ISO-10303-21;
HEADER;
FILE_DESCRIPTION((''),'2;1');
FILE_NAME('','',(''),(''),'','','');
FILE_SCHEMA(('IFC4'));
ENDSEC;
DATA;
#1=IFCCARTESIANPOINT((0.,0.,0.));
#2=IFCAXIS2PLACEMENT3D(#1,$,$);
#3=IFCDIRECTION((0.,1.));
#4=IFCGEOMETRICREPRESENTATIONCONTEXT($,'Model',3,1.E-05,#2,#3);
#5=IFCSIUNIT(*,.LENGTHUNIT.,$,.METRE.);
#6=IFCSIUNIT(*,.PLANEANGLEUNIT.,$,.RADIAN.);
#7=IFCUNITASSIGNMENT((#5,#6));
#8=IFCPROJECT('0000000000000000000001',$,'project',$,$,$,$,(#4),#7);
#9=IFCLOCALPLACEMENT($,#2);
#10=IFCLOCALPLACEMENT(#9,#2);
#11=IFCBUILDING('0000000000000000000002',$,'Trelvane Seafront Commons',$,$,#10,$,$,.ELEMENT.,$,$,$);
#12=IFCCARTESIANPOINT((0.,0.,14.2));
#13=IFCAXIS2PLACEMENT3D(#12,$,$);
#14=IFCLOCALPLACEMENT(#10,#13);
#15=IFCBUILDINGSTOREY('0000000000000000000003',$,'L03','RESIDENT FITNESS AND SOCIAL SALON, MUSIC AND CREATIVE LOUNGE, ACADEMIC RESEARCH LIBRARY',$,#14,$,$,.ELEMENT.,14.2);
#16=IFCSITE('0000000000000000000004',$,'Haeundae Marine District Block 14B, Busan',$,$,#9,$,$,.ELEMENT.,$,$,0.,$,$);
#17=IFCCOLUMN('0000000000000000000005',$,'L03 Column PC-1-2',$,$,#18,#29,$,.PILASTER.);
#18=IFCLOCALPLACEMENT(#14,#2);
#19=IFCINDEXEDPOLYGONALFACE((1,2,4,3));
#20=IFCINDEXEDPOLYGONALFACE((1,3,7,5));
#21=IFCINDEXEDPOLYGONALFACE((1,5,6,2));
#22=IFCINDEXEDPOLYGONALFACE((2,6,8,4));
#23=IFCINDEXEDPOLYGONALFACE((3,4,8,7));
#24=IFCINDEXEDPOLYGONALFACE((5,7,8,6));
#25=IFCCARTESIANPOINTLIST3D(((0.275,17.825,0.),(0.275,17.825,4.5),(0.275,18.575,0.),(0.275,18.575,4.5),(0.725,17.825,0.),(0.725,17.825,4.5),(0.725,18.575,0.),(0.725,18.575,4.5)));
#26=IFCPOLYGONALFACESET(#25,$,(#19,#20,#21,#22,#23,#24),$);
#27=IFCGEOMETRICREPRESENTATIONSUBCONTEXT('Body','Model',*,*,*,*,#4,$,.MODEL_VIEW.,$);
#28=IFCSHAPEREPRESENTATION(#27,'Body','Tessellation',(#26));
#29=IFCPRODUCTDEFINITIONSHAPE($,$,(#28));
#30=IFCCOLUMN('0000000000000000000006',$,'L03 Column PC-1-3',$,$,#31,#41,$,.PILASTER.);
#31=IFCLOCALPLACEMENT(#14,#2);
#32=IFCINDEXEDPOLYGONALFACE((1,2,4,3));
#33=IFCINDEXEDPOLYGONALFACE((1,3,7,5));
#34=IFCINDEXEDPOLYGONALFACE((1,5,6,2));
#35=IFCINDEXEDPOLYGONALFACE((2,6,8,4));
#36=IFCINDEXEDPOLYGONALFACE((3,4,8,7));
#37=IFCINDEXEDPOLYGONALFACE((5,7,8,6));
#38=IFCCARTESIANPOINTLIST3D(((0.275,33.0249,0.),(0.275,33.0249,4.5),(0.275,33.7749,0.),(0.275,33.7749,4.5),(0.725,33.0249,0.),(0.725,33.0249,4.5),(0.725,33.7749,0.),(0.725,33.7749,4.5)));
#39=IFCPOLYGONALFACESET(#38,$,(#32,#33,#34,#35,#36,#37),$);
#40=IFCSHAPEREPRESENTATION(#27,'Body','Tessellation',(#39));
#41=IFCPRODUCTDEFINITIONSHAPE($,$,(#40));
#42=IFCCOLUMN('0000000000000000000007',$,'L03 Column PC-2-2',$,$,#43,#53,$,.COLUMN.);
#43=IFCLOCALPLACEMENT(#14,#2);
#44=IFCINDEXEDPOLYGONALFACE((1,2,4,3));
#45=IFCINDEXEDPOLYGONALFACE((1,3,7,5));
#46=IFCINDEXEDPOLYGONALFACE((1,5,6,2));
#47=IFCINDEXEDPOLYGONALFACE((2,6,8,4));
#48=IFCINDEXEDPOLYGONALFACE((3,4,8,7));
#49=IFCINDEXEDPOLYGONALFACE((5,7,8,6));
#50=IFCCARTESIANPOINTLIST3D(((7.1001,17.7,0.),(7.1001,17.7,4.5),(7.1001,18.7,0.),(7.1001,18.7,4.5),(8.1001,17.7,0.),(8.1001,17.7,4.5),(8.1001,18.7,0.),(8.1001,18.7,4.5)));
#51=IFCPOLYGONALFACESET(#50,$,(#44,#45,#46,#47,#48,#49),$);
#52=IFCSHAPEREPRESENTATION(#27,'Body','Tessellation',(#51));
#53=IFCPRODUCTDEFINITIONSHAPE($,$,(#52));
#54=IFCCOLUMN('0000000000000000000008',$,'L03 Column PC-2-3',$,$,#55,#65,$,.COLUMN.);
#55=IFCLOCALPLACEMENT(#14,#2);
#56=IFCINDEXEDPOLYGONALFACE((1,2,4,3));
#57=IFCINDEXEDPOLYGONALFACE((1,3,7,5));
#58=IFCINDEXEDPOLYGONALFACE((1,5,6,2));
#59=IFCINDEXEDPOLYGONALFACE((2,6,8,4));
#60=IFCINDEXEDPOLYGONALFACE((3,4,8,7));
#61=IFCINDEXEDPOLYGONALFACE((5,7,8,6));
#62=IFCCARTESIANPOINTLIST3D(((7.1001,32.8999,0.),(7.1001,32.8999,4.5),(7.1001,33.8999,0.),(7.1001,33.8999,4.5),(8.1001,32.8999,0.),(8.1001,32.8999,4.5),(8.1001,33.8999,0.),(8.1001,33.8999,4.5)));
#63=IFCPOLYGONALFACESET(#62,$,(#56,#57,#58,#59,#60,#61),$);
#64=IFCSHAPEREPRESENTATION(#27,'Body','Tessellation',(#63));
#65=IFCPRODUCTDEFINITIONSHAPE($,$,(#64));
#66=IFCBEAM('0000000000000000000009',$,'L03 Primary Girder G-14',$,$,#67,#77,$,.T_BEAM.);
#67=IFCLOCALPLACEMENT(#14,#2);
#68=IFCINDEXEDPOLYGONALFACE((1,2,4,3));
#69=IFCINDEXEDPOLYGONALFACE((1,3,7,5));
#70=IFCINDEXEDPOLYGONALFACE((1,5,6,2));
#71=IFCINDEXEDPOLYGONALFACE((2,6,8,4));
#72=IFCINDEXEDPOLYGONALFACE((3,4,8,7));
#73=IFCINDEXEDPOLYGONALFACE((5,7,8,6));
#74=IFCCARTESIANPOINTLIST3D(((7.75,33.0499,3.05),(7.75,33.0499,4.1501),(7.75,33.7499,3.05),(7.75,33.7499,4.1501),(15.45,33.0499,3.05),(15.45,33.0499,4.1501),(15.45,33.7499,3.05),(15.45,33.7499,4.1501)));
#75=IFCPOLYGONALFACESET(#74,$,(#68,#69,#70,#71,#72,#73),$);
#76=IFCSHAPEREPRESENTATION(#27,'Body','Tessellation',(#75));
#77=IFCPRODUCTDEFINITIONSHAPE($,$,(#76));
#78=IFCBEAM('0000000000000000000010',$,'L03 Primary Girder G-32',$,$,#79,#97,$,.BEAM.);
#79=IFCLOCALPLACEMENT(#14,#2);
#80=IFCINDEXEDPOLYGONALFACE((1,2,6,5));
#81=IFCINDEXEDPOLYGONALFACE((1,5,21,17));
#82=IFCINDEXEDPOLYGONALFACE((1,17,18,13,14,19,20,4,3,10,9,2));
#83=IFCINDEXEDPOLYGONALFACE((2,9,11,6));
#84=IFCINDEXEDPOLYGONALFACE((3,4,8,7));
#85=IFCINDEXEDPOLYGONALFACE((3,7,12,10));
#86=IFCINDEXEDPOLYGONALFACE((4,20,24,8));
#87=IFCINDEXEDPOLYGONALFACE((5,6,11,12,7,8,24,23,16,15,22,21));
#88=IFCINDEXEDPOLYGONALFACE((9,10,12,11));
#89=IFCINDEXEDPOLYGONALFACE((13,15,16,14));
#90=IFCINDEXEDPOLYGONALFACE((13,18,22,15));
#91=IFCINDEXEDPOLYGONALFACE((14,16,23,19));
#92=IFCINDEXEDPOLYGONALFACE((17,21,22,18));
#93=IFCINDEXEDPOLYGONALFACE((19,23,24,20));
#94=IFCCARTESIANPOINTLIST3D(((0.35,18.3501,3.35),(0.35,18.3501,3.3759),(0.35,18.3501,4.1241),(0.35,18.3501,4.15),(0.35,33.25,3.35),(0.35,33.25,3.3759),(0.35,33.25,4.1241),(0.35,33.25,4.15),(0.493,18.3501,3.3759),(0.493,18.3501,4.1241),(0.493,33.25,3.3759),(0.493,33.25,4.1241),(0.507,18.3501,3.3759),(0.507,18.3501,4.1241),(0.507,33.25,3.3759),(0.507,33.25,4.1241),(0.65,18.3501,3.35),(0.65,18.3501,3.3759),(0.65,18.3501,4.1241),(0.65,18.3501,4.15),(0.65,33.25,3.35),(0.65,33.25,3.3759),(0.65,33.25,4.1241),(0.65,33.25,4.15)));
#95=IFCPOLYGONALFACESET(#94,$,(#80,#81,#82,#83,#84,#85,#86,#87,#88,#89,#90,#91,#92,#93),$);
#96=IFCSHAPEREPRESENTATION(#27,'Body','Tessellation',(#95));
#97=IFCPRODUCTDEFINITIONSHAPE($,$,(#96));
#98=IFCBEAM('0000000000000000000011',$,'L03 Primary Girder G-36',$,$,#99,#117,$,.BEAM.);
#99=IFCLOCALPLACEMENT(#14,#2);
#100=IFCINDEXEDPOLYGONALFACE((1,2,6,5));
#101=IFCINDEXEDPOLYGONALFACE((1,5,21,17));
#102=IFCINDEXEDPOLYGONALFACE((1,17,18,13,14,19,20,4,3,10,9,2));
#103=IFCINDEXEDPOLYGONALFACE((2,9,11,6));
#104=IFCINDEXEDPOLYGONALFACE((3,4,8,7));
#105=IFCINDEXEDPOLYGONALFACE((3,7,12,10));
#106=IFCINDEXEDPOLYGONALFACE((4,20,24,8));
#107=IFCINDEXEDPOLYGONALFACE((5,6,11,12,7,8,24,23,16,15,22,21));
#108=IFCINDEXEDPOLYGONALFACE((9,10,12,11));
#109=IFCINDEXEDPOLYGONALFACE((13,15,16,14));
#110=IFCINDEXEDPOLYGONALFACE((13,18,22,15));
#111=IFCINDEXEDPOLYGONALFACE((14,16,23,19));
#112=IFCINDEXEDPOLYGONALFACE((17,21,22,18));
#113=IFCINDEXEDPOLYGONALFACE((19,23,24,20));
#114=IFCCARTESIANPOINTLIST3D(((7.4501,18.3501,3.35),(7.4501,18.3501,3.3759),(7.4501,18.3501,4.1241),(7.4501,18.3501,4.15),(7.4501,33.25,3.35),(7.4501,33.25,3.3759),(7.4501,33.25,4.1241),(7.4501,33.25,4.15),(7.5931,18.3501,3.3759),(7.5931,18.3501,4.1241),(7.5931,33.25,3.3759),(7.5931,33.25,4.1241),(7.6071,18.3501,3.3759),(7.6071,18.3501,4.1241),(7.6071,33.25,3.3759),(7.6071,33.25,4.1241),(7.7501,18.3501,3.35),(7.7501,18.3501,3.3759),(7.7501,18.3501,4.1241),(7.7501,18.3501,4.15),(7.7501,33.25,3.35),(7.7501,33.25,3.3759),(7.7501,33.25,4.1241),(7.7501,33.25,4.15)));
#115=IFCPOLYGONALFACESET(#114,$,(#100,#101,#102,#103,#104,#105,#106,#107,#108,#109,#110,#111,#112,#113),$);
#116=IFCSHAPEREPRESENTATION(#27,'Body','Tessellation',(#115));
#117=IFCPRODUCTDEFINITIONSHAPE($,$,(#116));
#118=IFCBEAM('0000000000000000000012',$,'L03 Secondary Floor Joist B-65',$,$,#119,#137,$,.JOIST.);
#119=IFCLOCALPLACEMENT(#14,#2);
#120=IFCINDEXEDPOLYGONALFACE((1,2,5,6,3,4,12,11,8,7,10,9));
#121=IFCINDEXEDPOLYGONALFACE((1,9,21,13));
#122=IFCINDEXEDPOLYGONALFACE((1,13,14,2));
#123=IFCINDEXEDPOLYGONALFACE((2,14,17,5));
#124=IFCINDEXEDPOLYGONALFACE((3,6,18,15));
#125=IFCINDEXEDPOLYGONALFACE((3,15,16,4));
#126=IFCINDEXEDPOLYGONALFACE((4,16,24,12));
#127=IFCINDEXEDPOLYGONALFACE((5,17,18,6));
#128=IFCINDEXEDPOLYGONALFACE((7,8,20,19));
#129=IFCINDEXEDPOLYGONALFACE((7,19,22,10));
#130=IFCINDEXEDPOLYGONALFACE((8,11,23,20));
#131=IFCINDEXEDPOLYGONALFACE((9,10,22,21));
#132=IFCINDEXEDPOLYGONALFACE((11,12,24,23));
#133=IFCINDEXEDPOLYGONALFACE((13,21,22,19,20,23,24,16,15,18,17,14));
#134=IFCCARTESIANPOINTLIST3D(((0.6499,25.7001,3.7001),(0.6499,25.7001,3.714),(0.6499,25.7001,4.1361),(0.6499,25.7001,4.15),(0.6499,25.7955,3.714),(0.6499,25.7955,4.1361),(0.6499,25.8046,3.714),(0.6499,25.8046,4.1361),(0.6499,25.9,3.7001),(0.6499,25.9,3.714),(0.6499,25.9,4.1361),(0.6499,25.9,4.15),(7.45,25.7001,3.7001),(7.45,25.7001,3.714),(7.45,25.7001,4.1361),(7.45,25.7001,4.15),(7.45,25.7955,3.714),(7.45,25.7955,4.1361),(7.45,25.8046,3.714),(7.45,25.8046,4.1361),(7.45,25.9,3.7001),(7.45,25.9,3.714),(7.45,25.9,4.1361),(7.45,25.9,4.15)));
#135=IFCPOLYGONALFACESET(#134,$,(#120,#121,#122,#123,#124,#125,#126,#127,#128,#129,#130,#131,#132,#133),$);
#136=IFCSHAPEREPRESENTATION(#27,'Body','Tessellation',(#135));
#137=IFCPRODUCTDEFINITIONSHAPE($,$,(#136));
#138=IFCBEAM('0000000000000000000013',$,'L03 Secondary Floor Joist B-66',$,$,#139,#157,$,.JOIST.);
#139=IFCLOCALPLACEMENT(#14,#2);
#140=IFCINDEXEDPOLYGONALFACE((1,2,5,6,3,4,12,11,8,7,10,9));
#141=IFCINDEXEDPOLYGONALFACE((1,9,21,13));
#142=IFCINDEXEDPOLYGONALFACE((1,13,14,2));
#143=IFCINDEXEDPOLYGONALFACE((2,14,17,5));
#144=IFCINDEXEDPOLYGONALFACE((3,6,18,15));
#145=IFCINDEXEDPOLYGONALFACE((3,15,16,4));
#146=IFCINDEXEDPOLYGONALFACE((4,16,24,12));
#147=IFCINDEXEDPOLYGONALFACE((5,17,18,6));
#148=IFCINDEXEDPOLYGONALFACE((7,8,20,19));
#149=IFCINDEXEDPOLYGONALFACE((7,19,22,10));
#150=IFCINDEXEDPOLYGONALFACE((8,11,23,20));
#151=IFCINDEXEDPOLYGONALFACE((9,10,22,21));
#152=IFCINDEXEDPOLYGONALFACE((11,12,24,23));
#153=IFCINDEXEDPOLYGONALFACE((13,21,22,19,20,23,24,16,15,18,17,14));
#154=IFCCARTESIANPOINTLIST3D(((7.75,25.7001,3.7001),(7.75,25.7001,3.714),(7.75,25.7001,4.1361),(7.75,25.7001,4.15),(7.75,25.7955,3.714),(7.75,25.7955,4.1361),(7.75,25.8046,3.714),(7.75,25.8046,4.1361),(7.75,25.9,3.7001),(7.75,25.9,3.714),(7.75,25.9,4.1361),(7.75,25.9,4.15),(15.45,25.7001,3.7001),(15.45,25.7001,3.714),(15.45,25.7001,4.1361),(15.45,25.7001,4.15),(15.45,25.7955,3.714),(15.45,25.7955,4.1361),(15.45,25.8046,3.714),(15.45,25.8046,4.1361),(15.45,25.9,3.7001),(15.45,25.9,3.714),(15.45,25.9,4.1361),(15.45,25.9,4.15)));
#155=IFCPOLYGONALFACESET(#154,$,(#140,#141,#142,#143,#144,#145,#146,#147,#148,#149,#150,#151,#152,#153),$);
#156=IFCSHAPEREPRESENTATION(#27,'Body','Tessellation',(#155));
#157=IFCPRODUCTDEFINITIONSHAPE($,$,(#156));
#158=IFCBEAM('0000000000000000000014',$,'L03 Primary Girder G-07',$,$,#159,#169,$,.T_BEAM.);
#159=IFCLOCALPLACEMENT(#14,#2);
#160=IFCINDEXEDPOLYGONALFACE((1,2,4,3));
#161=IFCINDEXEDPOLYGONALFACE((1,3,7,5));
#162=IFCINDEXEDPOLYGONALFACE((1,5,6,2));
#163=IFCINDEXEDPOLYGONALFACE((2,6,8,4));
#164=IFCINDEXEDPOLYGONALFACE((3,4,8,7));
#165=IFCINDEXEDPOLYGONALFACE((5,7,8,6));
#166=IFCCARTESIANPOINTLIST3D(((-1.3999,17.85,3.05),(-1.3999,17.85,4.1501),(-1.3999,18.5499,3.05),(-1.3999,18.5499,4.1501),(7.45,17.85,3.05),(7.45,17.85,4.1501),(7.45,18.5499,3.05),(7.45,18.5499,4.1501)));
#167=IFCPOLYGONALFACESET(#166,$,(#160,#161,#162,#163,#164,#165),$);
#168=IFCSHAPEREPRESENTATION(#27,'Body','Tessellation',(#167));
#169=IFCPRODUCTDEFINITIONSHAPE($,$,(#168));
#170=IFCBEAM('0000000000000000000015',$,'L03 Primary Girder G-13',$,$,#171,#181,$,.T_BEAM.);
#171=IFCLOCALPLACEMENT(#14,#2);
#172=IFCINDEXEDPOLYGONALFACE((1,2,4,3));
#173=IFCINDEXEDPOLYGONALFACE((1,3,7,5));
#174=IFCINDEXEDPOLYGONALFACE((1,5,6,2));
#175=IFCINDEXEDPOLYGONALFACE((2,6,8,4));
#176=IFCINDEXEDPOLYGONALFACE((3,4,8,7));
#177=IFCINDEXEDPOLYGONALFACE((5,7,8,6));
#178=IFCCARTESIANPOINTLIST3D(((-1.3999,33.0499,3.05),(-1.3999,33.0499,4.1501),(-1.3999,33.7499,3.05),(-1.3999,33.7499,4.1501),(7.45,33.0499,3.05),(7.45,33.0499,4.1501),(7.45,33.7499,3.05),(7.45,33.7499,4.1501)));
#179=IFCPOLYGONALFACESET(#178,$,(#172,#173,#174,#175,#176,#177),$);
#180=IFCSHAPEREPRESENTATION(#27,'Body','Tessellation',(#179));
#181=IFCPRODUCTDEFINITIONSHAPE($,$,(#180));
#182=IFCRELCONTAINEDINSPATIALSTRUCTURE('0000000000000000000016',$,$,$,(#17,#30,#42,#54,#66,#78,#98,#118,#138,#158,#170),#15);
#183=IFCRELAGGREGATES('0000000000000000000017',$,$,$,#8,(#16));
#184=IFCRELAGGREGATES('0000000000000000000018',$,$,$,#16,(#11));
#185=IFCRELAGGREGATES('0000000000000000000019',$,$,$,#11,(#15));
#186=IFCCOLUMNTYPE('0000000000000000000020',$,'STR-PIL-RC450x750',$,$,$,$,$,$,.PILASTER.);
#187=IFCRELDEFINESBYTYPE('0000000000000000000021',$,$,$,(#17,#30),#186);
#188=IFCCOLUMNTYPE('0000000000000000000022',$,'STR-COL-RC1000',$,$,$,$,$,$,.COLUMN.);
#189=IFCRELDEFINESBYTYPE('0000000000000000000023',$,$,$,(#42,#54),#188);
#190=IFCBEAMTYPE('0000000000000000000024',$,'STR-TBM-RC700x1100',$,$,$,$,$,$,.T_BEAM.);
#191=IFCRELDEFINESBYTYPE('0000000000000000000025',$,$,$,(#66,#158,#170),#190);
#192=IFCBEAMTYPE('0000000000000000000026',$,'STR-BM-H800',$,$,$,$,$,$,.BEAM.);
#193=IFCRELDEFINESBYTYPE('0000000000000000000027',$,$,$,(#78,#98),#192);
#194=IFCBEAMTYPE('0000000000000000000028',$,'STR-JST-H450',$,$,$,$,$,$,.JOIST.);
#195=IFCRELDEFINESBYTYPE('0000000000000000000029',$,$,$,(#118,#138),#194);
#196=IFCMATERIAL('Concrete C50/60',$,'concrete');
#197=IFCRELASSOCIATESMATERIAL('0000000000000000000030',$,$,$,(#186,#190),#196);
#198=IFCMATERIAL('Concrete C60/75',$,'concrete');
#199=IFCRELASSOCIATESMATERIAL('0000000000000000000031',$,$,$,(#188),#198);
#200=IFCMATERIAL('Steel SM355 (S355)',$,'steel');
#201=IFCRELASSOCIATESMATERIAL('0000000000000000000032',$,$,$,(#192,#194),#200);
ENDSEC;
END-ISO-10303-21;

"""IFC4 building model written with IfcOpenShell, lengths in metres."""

from ifc_helpers import new_model, si_unit, direction, frame, origin, origin_2d, place, context, subcontext, project, spatial, rectangle, i_section, extrude, source, transform, mapped, material, material_profile, profile_set, type_object, element, save


model = new_model("IFC4")

# Units and contexts
model_context = context("Model", 3, precision=1e-05, world=origin(), true_north=direction((0.0, 1.0)))
body_context = subcontext(model_context, "Body", "Model", "MODEL_VIEW")
ifc_project = project(units=[si_unit("LENGTHUNIT", "METRE"), si_unit("PLANEANGLEUNIT", "RADIAN")], contexts=[model_context])

# Site, building, storey
site_placement = place(None, origin())
site = spatial("IfcSite", under=ifc_project, at=site_placement, Name="Haeundae Marine District Block 14B, Busan", CompositionType="ELEMENT", RefElevation=0.0)
building_placement = place(site_placement, origin())
building = spatial("IfcBuilding", under=site, at=building_placement, Name="Trelvane Seafront Commons", CompositionType="ELEMENT")
storey_placement = place(building_placement, frame((0.0, 0.0, 14.2)))
storey = spatial("IfcBuildingStorey", under=building, at=storey_placement, Name="L03", Description="RESIDENT FITNESS AND SOCIAL SALON, MUSIC AND CREATIVE LOUNGE, ACADEMIC RESEARCH LIBRARY", CompositionType="ELEMENT", Elevation=14.2)

# Columns
ifc_material_1 = material(Name="Concrete C50/60", Category="concrete")
ifc_material_profile_1 = material_profile(ifc_material_1, rectangle(XDim=0.45, YDim=0.75, at=origin_2d()), Name="RC-450x750")
ifc_profile_set_1 = profile_set([ifc_material_profile_1], Name="Concrete C50/60")
column_type_1 = type_object("IfcColumnType", Name="STR-PIL-RC450x750", PredefinedType="PILASTER", material=ifc_profile_set_1)
shared_shape_1 = source(origin(), body_context, "Body", "SweptSolid", [
    extrude(rectangle(XDim=0.45, YDim=0.75, at=origin_2d()), origin(), (0.0, 0.0, 1.0), 4.5),
])
for number, where, z_axis, x_axis, name in (
    (1, (0.5, 18.2, 0.0), (0.0, 0.0, 1.0), (1.0, 0.0, 0.0), "L03 Column PC-1-2"),
    (2, (0.5, 33.3999, 0.0), (0.0, 0.0, 1.0), (1.0, 0.0, 0.0), "L03 Column PC-1-3"),
):
    element("IfcColumn", number, at=place(storey_placement, frame(where, z_axis=z_axis, x_axis=x_axis)), inside=storey, type_object=column_type_1, Name=name, PredefinedType="PILASTER", context=body_context, shape_type="MappedRepresentation", body=[
        mapped(shared_shape_1, transform((0.0, 0.0, 0.0), x_axis=(1.0, 0.0, 0.0), y_axis=(0.0, 1.0, 0.0), z_axis=(0.0, 0.0, 1.0), scale=1.0)),
    ])
ifc_material_2 = material(Name="Concrete C60/75", Category="concrete")
ifc_material_profile_2 = material_profile(ifc_material_2, rectangle(XDim=1.0, YDim=1.0, at=origin_2d()), Name="RC-1000x1000")
ifc_profile_set_2 = profile_set([ifc_material_profile_2], Name="Concrete C60/75")
column_type_2 = type_object("IfcColumnType", Name="STR-COL-RC1000", PredefinedType="COLUMN", material=ifc_profile_set_2)
shared_shape_2 = source(origin(), body_context, "Body", "SweptSolid", [
    extrude(rectangle(XDim=1.0, YDim=1.0, at=origin_2d()), origin(), (0.0, 0.0, 1.0), 4.5),
])
for number, where, z_axis, x_axis, name in (
    (3, (7.6001, 18.2, 0.0), (0.0, 0.0, 1.0), (1.0, 0.0, 0.0), "L03 Column PC-2-2"),
    (4, (7.6001, 33.3999, 0.0), (0.0, 0.0, 1.0), (1.0, 0.0, 0.0), "L03 Column PC-2-3"),
):
    element("IfcColumn", number, at=place(storey_placement, frame(where, z_axis=z_axis, x_axis=x_axis)), inside=storey, type_object=column_type_2, Name=name, PredefinedType="COLUMN", context=body_context, shape_type="MappedRepresentation", body=[
        mapped(shared_shape_2, transform((0.0, 0.0, 0.0), x_axis=(1.0, 0.0, 0.0), y_axis=(0.0, 1.0, 0.0), z_axis=(0.0, 0.0, 1.0), scale=1.0)),
    ])

# Beams
ifc_material_profile_3 = material_profile(ifc_material_1, rectangle(XDim=0.7, YDim=1.1001, at=origin_2d()), Name="RC-700x1100")
ifc_profile_set_3 = profile_set([ifc_material_profile_3], Name="Concrete C50/60")
beam_type_1 = type_object("IfcBeamType", Name="STR-TBM-RC700x1100", PredefinedType="T_BEAM", material=ifc_profile_set_3)
shared_shape_3 = source(origin(), body_context, "Body", "SweptSolid", [
    extrude(rectangle(XDim=0.7, YDim=1.1001, at=origin_2d()), origin(), (0.0, 0.0, 1.0), 7.7),
])
beam_1_placement = place(storey_placement, frame((7.75, 33.3999, 3.6001), z_axis=(1.0, 0.0, 0.0), x_axis=(0.0, 1.0, 0.0)))
element("IfcBeam", 5, at=beam_1_placement, inside=storey, type_object=beam_type_1, Name="L03 Primary Girder G-14", PredefinedType="T_BEAM", context=body_context, shape_type="MappedRepresentation", body=[
    mapped(shared_shape_3, transform((0.0, 0.0, 0.0), x_axis=(1.0, 0.0, 0.0), y_axis=(0.0, 1.0, 0.0), z_axis=(0.0, 0.0, 1.0), scale=1.0)),
])
ifc_material_3 = material(Name="Steel SM355 (S355)", Category="steel")
ifc_material_profile_4 = material_profile(ifc_material_3, i_section(OverallWidth=0.3, OverallDepth=0.8, WebThickness=0.0139, FlangeThickness=0.0259, at=origin_2d()), Name="H-800x300x14x26")
ifc_profile_set_4 = profile_set([ifc_material_profile_4], Name="Steel SM355 (S355)")
beam_type_2 = type_object("IfcBeamType", Name="STR-BM-H800", PredefinedType="BEAM", material=ifc_profile_set_4)
shared_shape_4 = source(origin(), body_context, "Body", "SweptSolid", [
    extrude(i_section(OverallWidth=0.3, OverallDepth=0.8, WebThickness=0.0139, FlangeThickness=0.0259, at=origin_2d()), origin(), (0.0, 0.0, 1.0), 14.8999),
])
for number, where, z_axis, x_axis, name in (
    (6, (0.5, 18.3501, 3.75), (0.0, 1.0, 0.0), (-1.0, 0.0, 0.0), "L03 Primary Girder G-32"),
    (7, (7.6001, 18.3501, 3.75), (0.0, 1.0, 0.0), (-1.0, 0.0, 0.0), "L03 Primary Girder G-36"),
):
    element("IfcBeam", number, at=place(storey_placement, frame(where, z_axis=z_axis, x_axis=x_axis)), inside=storey, type_object=beam_type_2, Name=name, PredefinedType="BEAM", context=body_context, shape_type="MappedRepresentation", body=[
        mapped(shared_shape_4, transform((0.0, 0.0, 0.0), x_axis=(1.0, 0.0, 0.0), y_axis=(0.0, 1.0, 0.0), z_axis=(0.0, 0.0, 1.0), scale=1.0)),
    ])
ifc_material_profile_5 = material_profile(ifc_material_3, i_section(OverallWidth=0.2, OverallDepth=0.45, WebThickness=0.009, FlangeThickness=0.0139, at=origin_2d()), Name="H-450x200x9x14")
ifc_profile_set_5 = profile_set([ifc_material_profile_5], Name="Steel SM355 (S355)")
beam_type_3 = type_object("IfcBeamType", Name="STR-JST-H450", PredefinedType="JOIST", material=ifc_profile_set_5)
shared_shape_5 = source(origin(), body_context, "Body", "SweptSolid", [
    extrude(i_section(OverallWidth=0.2, OverallDepth=0.45, WebThickness=0.009, FlangeThickness=0.0139, at=origin_2d()), origin(), (0.0, 0.0, 1.0), 6.8),
])
beam_2_placement = place(storey_placement, frame((0.6499, 25.8, 3.925), z_axis=(1.0, 0.0, 0.0), x_axis=(0.0, 1.0, 0.0)))
element("IfcBeam", 8, at=beam_2_placement, inside=storey, type_object=beam_type_3, Name="L03 Secondary Floor Joist B-65", PredefinedType="JOIST", context=body_context, shape_type="MappedRepresentation", body=[
    mapped(shared_shape_5, transform((0.0, 0.0, 0.0), x_axis=(1.0, 0.0, 0.0), y_axis=(0.0, 1.0, 0.0), z_axis=(0.0, 0.0, 1.0), scale=1.0)),
])
shared_shape_6 = source(origin(), body_context, "Body", "SweptSolid", [
    extrude(i_section(OverallWidth=0.2, OverallDepth=0.45, WebThickness=0.009, FlangeThickness=0.0139, at=origin_2d()), origin(), (0.0, 0.0, 1.0), 7.7),
])
beam_3_placement = place(storey_placement, frame((7.75, 25.8, 3.925), z_axis=(1.0, 0.0, 0.0), x_axis=(0.0, 1.0, 0.0)))
element("IfcBeam", 9, at=beam_3_placement, inside=storey, type_object=beam_type_3, Name="L03 Secondary Floor Joist B-66", PredefinedType="JOIST", context=body_context, shape_type="MappedRepresentation", body=[
    mapped(shared_shape_6, transform((0.0, 0.0, 0.0), x_axis=(1.0, 0.0, 0.0), y_axis=(0.0, 1.0, 0.0), z_axis=(0.0, 0.0, 1.0), scale=1.0)),
])
shared_shape_7 = source(origin(), body_context, "Body", "SweptSolid", [
    extrude(rectangle(XDim=0.7, YDim=1.1001, at=origin_2d()), origin(), (0.0, 0.0, 1.0), 8.8499),
])
for number, where, z_axis, x_axis, name in (
    (10, (-1.3999, 18.2, 3.6001), (1.0, 0.0, 0.0), (0.0, 1.0, 0.0), "L03 Primary Girder G-07"),
    (11, (-1.3999, 33.3999, 3.6001), (1.0, 0.0, 0.0), (0.0, 1.0, 0.0), "L03 Primary Girder G-13"),
):
    element("IfcBeam", number, at=place(storey_placement, frame(where, z_axis=z_axis, x_axis=x_axis)), inside=storey, type_object=beam_type_1, Name=name, PredefinedType="T_BEAM", context=body_context, shape_type="MappedRepresentation", body=[
        mapped(shared_shape_7, transform((0.0, 0.0, 0.0), x_axis=(1.0, 0.0, 0.0), y_axis=(0.0, 1.0, 0.0), z_axis=(0.0, 0.0, 1.0), scale=1.0)),
    ])

save(model, "model.ifc")
